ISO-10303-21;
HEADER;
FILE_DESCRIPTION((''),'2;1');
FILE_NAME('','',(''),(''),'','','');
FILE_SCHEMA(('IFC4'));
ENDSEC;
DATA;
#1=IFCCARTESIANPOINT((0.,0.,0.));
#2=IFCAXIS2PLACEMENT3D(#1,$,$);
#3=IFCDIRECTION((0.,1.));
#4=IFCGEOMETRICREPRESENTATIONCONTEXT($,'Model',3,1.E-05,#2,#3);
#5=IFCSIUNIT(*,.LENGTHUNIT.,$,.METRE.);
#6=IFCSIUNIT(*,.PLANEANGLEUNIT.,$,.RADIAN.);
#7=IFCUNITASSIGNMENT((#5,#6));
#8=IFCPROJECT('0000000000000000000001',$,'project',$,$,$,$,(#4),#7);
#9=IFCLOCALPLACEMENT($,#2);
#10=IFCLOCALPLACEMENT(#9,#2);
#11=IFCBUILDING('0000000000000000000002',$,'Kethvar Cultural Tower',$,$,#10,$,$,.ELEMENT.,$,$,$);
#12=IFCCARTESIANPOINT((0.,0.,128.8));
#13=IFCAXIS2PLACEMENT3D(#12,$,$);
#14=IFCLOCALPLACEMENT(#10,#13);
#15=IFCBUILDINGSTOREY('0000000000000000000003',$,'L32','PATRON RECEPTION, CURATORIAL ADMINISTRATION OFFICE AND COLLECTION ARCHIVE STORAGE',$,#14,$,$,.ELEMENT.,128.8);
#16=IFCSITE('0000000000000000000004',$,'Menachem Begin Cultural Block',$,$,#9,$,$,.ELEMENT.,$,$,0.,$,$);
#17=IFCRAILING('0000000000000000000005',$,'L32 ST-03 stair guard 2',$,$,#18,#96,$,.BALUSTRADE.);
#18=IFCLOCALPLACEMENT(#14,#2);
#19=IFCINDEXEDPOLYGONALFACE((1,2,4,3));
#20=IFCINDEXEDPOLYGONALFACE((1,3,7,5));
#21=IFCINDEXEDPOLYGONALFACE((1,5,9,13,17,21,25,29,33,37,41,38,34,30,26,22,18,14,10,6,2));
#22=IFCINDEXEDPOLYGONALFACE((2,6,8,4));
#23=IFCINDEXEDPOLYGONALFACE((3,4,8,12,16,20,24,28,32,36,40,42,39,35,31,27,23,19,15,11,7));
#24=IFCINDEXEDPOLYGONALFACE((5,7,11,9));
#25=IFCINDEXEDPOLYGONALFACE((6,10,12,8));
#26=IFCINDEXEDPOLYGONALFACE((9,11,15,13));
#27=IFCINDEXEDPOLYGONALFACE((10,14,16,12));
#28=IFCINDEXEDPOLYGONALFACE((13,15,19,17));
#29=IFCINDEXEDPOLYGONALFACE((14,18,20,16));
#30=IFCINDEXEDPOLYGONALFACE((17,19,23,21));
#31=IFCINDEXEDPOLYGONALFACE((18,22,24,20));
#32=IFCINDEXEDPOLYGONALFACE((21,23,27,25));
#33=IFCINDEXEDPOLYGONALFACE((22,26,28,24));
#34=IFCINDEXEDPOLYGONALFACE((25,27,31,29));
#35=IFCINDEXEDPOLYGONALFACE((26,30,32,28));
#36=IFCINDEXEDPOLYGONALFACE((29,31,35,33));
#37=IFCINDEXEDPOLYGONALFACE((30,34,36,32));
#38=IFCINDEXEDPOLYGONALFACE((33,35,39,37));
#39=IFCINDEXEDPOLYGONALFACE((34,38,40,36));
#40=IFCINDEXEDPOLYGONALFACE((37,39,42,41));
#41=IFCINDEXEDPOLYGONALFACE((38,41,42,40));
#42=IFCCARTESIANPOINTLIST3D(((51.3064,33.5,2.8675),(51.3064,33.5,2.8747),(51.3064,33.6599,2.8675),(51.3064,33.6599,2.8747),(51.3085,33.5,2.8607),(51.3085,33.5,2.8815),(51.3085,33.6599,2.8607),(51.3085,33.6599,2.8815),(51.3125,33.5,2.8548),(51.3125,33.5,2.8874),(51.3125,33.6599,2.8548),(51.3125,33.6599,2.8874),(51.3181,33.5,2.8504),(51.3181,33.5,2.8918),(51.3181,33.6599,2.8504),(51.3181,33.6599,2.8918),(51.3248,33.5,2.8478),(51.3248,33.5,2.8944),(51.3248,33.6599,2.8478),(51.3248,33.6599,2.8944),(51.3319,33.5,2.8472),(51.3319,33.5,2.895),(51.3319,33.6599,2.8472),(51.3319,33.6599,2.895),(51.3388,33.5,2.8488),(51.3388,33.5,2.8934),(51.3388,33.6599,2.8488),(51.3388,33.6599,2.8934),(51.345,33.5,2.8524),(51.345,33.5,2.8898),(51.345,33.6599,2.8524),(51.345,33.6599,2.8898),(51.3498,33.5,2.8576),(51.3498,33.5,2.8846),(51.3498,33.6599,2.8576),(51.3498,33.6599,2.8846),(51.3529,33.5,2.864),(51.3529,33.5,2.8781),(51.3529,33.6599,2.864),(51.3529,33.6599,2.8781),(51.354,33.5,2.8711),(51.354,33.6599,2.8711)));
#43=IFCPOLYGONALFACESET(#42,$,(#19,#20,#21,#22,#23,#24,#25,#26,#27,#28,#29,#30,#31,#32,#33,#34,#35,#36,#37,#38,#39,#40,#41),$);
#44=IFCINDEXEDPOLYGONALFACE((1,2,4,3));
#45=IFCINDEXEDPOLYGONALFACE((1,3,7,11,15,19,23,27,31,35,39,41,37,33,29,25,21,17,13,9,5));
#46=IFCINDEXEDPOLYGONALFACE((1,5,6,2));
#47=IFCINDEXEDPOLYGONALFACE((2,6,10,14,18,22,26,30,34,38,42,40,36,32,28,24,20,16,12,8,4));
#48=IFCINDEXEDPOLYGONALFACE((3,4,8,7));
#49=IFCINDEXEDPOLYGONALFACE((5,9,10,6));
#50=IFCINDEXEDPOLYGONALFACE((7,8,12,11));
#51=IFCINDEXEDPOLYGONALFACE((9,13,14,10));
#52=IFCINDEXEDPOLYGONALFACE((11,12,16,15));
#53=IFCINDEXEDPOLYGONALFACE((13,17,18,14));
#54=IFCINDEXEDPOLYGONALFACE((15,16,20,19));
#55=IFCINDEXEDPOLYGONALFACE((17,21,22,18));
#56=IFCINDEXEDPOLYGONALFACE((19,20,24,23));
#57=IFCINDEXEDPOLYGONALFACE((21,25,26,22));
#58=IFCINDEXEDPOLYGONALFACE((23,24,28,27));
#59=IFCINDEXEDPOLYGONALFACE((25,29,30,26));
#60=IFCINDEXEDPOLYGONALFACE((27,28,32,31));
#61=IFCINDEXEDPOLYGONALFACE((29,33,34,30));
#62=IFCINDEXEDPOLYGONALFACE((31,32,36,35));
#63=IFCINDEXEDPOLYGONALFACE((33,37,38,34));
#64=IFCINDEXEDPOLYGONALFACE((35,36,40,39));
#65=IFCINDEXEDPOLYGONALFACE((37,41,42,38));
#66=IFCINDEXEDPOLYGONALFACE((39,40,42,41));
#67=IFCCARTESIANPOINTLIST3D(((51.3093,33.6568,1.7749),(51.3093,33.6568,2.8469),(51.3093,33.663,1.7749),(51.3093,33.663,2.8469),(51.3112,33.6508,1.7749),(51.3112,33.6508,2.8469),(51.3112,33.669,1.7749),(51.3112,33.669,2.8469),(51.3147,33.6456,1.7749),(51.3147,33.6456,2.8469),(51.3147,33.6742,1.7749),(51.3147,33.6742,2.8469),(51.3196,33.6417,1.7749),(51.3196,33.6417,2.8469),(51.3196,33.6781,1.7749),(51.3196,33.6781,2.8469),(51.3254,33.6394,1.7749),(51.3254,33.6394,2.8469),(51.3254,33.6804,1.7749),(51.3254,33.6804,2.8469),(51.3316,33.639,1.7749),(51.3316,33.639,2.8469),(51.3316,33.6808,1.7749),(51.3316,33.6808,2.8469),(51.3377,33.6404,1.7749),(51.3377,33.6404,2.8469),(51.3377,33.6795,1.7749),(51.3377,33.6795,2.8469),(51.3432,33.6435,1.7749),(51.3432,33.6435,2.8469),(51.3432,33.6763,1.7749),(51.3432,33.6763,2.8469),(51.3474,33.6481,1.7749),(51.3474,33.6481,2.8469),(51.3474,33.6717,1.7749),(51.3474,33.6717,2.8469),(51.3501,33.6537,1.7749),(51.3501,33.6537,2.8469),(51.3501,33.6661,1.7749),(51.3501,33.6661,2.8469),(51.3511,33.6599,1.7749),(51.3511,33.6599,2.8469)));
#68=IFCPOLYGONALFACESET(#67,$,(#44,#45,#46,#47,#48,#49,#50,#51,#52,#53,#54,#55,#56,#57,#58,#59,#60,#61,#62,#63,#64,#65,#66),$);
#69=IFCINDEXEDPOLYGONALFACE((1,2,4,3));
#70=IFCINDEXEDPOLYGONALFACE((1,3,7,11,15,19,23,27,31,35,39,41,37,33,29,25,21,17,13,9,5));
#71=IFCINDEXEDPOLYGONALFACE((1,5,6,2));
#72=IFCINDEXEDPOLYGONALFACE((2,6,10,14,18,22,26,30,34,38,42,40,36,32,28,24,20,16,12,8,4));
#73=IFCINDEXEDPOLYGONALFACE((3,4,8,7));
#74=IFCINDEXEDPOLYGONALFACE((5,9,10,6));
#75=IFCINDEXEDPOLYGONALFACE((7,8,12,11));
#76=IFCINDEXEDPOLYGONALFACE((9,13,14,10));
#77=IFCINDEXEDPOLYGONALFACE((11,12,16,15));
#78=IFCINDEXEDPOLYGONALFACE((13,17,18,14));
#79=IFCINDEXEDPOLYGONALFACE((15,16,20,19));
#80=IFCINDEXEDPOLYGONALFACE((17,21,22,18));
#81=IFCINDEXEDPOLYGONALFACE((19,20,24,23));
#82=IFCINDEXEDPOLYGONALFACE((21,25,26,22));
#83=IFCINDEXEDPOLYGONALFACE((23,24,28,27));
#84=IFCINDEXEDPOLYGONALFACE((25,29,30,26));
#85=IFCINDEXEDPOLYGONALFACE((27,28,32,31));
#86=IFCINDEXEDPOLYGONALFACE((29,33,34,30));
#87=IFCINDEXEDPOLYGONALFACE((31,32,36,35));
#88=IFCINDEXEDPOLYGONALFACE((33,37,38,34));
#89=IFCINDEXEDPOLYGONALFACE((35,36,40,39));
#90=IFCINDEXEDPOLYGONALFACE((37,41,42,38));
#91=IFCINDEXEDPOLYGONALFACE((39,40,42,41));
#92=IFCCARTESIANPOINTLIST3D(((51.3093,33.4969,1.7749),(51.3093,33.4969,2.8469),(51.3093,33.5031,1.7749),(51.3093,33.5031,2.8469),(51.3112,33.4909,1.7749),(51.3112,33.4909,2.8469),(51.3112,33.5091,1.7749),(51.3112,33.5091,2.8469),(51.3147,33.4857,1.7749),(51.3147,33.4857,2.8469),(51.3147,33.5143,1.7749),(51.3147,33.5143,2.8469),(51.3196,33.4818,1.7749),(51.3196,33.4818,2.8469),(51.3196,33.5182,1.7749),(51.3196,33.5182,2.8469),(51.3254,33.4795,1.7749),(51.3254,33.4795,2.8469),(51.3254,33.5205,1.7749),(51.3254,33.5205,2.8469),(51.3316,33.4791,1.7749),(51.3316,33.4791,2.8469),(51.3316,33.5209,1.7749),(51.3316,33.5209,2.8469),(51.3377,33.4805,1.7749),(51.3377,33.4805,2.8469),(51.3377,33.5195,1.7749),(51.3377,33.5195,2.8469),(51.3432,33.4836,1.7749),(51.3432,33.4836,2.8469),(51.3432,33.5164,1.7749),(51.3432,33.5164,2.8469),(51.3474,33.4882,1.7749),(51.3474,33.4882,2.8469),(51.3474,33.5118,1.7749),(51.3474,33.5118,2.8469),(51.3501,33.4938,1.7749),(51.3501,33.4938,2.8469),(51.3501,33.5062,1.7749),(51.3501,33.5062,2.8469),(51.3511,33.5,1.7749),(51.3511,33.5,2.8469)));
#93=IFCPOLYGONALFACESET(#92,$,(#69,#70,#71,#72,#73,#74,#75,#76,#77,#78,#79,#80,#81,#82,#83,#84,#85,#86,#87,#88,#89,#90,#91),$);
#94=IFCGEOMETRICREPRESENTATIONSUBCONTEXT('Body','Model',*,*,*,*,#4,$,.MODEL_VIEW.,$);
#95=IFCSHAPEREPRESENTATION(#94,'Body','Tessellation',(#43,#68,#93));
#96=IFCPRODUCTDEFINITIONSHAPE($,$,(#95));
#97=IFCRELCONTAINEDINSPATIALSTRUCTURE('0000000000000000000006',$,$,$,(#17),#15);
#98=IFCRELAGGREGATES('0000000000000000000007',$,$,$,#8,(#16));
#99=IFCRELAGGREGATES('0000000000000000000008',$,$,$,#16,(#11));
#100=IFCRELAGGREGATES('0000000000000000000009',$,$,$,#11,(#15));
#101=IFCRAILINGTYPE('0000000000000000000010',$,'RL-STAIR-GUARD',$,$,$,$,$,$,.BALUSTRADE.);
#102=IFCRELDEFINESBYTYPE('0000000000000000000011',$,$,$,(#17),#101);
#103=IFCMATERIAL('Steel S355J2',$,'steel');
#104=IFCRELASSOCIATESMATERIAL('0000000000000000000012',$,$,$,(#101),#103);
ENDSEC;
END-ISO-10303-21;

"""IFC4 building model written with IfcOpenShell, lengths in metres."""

from ifc_helpers import new_model, si_unit, direction, frame, origin, origin_2d, place, context, subcontext, project, spatial, circle, extrude, material, type_object, element, save


model = new_model("IFC4")

# Units and contexts
model_context = context("Model", 3, precision=1e-05, world=origin(), true_north=direction((0.0, 1.0)))
body_context = subcontext(model_context, "Body", "Model", "MODEL_VIEW")
ifc_project = project(units=[si_unit("LENGTHUNIT", "METRE"), si_unit("PLANEANGLEUNIT", "RADIAN")], contexts=[model_context])

# Site, building, storey
site_placement = place(None, origin())
site = spatial("IfcSite", under=ifc_project, at=site_placement, Name="Menachem Begin Cultural Block", CompositionType="ELEMENT", RefElevation=0.0)
building_placement = place(site_placement, origin())
building = spatial("IfcBuilding", under=site, at=building_placement, Name="Kethvar Cultural Tower", CompositionType="ELEMENT")
storey_placement = place(building_placement, frame((0.0, 0.0, 128.8)))
storey = spatial("IfcBuildingStorey", under=building, at=storey_placement, Name="L32", Description="PATRON RECEPTION, CURATORIAL ADMINISTRATION OFFICE AND COLLECTION ARCHIVE STORAGE", CompositionType="ELEMENT", Elevation=128.8)

# Shared definitions
ifc_material_1 = material(Name="Steel S355J2", Category="steel")

# Railing
railing_type_1 = type_object("IfcRailingType", Name="RL-STAIR-GUARD", PredefinedType="BALUSTRADE", material=ifc_material_1)
railing_1_placement = place(storey_placement, frame((51.3301, 33.6599, 1.7749)))
element("IfcRailing", 1, at=railing_1_placement, inside=storey, type_object=railing_type_1, Name="L32 ST-03 stair guard 2", PredefinedType="BALUSTRADE", context=body_context, shape_type="SweptSolid", body=[
    extrude(circle(Radius=0.0239, at=origin_2d()), frame((0.0, 0.0, 1.0962), z_axis=(0.0, -1.0, 0.0), x_axis=(1.0, 0.0, 0.0)), (0.0, 0.0, 1.0), 0.1599),
    extrude(circle(Radius=0.021, at=origin_2d()), origin(), (0.0, 0.0, 1.0), 1.072),
    extrude(circle(Radius=0.021, at=origin_2d()), frame((0.0, -0.1599, 0.0)), (0.0, 0.0, 1.0), 1.072),
])

save(model, "model.ifc")
